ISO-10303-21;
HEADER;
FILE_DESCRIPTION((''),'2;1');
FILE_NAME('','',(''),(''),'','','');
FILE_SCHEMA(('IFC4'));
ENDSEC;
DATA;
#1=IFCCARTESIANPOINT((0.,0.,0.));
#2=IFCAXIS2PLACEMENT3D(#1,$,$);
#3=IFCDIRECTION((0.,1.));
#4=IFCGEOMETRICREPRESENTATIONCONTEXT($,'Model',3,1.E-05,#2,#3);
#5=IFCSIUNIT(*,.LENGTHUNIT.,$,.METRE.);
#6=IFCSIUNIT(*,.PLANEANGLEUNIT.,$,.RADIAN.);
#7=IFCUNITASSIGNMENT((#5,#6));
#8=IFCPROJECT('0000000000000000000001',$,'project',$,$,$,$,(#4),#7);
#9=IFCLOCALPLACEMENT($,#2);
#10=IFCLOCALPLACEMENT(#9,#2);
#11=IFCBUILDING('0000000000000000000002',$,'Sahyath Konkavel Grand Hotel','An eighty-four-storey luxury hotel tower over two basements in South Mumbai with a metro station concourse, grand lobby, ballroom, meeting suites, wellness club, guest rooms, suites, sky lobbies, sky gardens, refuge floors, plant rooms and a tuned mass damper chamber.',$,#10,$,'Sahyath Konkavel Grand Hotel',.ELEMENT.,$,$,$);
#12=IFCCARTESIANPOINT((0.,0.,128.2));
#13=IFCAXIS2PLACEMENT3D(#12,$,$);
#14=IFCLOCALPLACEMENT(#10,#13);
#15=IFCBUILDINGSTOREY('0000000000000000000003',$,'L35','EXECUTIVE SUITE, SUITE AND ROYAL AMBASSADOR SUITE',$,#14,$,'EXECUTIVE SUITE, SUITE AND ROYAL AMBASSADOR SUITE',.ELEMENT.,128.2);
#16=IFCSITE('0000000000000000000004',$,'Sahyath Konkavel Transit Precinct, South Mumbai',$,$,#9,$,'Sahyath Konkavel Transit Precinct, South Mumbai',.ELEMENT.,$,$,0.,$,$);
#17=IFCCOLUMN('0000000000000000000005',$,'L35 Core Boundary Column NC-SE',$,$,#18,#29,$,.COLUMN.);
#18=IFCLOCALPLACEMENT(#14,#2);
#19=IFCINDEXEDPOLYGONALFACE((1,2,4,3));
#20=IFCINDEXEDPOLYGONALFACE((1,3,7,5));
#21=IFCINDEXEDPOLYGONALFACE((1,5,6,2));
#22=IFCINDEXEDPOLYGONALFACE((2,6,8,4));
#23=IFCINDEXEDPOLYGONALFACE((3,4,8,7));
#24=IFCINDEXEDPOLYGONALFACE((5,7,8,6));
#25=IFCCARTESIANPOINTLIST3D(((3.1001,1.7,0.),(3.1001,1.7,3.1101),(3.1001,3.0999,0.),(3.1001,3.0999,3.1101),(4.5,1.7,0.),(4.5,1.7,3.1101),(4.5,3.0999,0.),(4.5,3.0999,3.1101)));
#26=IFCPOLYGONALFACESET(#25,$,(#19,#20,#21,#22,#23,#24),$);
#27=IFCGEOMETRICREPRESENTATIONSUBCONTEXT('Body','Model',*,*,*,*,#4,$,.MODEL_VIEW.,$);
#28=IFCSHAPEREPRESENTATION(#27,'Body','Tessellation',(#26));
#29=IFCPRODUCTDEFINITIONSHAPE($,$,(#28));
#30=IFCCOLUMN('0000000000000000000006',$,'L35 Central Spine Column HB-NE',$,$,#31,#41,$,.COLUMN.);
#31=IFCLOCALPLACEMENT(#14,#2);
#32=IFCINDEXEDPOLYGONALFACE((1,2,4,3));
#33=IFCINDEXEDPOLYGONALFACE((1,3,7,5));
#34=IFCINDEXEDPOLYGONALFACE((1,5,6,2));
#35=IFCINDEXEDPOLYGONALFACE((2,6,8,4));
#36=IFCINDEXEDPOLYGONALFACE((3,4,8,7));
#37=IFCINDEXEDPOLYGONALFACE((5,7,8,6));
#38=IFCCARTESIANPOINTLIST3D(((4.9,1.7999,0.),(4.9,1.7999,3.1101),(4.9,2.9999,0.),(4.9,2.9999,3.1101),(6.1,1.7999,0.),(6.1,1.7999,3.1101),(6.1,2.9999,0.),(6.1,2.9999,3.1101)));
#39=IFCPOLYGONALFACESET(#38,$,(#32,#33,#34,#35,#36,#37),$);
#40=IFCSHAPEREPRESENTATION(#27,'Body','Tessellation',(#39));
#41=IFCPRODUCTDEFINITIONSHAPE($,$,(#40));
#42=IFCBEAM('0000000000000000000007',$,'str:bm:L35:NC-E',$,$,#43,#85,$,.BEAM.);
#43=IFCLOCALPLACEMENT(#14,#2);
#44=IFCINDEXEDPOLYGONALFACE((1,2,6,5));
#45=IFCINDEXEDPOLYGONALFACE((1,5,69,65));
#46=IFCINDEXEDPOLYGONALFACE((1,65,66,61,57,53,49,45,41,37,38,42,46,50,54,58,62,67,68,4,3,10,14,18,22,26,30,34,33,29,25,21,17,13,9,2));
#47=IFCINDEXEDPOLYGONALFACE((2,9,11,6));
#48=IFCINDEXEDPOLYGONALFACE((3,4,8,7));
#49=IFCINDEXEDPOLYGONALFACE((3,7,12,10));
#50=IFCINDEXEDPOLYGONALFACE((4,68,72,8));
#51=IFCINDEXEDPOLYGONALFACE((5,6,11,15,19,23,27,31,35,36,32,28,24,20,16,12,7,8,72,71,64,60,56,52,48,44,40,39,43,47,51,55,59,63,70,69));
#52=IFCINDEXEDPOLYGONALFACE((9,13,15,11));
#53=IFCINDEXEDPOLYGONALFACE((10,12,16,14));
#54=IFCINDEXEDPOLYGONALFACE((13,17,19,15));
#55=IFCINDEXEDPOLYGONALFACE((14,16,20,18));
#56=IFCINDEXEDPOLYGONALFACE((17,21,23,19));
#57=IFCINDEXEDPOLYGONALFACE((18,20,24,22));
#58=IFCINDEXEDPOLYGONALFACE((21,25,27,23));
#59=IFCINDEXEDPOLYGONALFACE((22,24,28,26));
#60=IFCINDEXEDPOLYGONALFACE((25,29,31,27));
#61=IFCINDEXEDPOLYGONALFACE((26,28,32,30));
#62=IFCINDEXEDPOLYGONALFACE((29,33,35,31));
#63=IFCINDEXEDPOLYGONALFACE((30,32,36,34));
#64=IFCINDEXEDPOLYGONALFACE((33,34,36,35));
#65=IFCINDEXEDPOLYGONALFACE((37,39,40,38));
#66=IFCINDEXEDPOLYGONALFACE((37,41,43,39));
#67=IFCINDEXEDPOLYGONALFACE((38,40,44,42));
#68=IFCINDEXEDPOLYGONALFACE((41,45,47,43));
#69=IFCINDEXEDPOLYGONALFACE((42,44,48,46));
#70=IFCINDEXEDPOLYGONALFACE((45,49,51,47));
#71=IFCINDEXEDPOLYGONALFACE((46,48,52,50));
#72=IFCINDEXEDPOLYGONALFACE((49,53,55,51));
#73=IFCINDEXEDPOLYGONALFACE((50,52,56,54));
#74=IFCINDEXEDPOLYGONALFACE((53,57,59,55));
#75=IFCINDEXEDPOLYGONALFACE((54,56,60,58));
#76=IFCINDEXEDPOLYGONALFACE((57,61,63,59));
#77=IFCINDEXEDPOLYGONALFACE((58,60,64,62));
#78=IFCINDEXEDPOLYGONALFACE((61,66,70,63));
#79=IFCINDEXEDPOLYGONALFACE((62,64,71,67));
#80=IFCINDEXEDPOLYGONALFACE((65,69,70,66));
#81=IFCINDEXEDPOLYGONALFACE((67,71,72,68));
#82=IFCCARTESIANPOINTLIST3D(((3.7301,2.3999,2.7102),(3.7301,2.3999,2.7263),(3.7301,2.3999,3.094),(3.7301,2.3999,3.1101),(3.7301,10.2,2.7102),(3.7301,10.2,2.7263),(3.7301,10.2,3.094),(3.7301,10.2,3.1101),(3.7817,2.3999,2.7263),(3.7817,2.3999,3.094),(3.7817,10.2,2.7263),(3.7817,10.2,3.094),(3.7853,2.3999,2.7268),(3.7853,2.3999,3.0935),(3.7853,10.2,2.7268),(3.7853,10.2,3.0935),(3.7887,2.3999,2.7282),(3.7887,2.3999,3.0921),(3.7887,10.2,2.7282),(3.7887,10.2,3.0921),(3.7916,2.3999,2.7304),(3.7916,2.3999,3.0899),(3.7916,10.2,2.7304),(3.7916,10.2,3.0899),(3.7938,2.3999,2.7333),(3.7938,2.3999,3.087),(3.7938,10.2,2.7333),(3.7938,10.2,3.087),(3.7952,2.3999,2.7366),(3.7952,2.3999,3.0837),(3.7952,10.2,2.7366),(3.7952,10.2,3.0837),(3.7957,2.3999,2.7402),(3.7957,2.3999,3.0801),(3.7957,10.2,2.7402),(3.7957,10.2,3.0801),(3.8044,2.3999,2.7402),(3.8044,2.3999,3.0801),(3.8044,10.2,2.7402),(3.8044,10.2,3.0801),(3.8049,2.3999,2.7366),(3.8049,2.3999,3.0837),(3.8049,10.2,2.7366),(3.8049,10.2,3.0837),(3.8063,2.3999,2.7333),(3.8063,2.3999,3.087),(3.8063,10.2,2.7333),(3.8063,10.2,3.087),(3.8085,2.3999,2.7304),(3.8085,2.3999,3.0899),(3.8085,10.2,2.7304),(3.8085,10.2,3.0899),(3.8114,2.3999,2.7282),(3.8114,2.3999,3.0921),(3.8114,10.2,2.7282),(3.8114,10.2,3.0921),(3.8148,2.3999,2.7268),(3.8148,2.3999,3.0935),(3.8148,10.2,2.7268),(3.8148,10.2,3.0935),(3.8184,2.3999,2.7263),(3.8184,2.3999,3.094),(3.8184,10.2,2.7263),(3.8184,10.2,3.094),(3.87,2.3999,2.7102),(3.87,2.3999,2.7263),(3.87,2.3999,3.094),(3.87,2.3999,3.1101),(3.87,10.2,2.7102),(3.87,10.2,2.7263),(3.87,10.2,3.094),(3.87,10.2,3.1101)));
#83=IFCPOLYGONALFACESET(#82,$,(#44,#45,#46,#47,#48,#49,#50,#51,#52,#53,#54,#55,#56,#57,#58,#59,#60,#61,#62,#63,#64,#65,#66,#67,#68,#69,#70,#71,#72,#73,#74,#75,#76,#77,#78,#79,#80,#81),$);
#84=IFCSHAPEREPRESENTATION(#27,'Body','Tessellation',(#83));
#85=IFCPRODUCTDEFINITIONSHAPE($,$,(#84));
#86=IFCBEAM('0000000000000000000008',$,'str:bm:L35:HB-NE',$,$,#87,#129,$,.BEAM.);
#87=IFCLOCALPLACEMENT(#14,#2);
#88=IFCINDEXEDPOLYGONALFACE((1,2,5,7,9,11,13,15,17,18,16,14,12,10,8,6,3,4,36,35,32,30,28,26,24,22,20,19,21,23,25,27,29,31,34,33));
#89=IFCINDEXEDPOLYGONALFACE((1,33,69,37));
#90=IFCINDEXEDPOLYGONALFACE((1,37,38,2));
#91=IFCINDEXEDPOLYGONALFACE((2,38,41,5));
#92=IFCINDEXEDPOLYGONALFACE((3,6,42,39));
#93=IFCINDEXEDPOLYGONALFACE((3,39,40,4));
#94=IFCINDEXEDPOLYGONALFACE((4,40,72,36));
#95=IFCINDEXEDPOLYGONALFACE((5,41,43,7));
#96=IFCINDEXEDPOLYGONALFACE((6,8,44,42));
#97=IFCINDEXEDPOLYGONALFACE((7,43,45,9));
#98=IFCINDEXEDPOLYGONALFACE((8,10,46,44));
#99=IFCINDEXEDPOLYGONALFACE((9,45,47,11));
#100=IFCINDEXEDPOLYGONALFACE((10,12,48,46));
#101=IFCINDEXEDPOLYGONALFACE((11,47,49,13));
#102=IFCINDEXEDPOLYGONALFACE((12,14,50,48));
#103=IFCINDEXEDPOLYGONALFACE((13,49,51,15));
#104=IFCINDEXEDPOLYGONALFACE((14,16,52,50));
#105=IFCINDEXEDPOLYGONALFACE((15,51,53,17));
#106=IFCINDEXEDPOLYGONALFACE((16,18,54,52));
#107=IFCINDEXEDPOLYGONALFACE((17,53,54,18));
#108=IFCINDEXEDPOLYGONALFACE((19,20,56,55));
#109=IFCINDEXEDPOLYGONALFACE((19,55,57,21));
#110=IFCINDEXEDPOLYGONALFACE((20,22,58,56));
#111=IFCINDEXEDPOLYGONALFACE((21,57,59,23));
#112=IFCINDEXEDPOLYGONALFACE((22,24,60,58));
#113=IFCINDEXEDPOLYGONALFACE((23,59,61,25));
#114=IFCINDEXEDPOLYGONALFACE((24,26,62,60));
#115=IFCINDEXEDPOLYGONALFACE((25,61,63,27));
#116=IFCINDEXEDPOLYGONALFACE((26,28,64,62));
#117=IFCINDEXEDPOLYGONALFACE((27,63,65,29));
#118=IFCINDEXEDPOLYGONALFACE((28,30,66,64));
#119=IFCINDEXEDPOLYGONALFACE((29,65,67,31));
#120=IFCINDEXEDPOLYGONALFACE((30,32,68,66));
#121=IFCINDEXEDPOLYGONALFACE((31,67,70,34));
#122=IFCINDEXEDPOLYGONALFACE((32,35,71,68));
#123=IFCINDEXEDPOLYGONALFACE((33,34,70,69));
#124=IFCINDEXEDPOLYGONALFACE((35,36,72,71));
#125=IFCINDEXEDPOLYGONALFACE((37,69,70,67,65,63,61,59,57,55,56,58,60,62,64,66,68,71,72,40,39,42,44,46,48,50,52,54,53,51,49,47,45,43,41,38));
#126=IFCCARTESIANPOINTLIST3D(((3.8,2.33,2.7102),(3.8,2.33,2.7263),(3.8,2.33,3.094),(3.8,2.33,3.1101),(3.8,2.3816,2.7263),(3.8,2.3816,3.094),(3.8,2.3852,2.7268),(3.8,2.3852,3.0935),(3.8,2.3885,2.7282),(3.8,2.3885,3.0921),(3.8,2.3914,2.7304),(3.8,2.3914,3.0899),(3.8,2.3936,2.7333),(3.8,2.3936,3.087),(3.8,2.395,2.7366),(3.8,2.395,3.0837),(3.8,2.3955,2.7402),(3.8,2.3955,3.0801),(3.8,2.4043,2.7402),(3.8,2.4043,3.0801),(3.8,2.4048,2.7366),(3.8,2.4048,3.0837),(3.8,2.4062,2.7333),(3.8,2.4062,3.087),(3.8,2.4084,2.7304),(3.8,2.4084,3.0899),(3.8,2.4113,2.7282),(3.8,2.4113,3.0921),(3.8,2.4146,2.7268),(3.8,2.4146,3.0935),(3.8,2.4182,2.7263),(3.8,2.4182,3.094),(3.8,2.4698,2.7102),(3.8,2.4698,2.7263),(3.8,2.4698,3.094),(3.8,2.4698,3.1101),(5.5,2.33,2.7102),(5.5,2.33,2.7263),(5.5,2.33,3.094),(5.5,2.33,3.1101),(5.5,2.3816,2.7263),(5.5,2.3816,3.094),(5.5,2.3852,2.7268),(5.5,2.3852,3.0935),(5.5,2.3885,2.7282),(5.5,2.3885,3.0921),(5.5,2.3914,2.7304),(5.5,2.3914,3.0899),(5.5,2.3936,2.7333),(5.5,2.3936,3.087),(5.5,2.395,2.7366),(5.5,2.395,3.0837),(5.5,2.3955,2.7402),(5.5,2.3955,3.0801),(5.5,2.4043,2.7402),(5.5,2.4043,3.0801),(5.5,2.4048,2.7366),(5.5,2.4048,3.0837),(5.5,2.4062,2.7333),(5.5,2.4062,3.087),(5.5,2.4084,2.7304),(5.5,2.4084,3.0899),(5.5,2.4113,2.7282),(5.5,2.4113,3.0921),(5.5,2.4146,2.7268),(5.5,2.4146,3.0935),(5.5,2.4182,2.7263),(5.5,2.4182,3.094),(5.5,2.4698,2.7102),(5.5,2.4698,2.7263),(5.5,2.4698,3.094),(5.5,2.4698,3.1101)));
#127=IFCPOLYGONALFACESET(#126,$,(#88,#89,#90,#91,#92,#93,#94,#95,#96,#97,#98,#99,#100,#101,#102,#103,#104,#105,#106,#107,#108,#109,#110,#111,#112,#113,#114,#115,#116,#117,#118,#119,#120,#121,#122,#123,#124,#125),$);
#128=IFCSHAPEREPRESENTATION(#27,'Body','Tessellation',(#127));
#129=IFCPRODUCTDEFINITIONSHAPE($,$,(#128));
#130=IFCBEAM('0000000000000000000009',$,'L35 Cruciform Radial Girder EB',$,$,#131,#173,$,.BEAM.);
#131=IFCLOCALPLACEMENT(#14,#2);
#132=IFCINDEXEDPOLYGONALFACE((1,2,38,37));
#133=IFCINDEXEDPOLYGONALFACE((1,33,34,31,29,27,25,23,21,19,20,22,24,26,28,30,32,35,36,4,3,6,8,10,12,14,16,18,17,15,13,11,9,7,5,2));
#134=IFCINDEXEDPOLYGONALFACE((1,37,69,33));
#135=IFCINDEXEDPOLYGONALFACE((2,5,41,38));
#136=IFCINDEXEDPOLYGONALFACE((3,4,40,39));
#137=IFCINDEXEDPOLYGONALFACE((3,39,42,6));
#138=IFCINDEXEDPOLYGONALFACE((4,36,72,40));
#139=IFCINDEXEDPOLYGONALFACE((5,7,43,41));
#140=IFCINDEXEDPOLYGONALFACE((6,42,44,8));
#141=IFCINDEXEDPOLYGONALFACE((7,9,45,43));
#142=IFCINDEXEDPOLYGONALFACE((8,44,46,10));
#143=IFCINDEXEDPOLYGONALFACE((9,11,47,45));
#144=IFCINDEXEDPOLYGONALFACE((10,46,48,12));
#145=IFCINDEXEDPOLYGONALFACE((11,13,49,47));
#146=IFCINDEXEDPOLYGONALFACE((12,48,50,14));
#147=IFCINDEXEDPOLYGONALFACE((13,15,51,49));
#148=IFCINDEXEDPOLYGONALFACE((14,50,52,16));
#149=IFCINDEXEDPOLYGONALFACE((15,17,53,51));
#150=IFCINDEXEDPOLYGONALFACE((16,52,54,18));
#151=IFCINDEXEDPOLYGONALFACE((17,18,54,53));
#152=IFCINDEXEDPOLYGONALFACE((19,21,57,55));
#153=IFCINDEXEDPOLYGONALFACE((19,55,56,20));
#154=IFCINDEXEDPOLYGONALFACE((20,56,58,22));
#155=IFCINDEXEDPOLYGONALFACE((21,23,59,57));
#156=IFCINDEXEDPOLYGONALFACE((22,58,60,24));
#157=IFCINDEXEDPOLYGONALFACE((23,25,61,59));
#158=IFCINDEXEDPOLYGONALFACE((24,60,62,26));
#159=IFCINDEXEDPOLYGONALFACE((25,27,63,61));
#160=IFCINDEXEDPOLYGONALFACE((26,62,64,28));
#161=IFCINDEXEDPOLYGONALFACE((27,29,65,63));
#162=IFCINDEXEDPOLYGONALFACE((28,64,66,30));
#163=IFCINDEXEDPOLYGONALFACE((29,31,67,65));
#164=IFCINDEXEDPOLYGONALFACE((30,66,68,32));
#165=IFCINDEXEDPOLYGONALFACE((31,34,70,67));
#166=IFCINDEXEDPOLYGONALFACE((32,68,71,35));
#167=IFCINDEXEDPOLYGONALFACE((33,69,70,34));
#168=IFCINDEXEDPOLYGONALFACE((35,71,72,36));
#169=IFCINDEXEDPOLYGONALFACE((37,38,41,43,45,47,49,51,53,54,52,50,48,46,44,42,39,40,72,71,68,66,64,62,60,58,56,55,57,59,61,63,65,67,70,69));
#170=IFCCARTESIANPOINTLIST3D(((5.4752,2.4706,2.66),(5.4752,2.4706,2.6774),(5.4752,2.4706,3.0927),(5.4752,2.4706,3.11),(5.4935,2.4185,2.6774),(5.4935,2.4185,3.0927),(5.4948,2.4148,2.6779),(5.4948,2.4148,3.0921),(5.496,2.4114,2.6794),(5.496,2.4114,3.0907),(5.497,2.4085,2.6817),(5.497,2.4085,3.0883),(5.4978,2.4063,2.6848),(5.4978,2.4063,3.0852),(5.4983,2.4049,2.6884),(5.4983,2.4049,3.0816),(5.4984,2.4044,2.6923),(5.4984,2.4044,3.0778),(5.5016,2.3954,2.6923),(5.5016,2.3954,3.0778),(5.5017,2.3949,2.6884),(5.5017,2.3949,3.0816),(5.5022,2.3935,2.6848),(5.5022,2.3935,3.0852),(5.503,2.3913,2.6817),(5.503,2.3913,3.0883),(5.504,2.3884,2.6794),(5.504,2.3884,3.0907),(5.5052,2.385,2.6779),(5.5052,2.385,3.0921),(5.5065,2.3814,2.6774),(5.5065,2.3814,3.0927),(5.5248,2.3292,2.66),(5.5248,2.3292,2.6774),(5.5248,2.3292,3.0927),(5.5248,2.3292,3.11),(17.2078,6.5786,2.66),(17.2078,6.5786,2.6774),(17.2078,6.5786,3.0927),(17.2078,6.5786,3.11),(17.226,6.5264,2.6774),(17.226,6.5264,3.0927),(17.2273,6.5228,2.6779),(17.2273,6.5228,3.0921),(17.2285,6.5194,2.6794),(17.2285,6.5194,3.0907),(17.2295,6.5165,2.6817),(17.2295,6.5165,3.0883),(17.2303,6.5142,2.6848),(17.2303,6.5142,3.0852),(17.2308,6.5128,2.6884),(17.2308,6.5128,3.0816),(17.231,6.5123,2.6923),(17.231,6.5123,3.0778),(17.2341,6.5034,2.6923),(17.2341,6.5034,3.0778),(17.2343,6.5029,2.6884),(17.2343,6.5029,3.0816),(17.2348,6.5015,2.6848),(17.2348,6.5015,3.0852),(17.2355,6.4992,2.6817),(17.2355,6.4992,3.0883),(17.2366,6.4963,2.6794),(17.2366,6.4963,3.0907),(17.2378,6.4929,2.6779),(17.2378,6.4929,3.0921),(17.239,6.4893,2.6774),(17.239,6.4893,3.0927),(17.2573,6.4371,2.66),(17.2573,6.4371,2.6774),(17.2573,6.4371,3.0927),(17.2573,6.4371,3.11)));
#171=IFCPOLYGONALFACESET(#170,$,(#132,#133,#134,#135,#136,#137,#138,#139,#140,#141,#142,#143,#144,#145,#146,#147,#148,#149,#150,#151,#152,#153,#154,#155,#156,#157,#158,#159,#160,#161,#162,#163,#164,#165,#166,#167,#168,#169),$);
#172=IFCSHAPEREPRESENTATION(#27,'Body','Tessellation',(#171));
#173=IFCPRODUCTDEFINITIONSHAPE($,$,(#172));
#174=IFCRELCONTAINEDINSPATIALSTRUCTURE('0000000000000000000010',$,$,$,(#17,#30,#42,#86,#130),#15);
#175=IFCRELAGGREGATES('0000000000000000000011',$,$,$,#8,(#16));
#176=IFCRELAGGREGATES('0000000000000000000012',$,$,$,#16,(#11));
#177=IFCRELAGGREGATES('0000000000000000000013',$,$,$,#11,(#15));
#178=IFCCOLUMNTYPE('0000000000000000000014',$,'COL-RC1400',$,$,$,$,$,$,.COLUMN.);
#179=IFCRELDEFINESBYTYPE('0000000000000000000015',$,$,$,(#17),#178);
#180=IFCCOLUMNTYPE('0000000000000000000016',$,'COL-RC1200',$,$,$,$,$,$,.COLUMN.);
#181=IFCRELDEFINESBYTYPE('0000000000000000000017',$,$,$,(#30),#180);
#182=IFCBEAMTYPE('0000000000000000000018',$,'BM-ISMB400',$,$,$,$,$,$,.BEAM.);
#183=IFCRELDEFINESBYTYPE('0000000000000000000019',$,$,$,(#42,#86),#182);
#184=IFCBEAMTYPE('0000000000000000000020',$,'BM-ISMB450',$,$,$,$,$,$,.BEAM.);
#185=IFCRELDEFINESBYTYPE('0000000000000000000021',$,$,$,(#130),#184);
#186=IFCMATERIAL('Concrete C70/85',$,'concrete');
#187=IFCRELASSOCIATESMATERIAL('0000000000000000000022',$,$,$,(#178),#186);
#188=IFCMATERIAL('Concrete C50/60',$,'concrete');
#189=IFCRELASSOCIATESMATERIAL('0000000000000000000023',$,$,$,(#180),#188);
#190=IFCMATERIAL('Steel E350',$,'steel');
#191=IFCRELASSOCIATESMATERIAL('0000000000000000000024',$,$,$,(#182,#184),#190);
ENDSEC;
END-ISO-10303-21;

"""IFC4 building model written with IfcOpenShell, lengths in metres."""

from ifc_helpers import new_model, si_unit, direction, frame, origin, origin_2d, place, context, subcontext, project, spatial, rectangle, i_section, extrude, source, transform, mapped, material, material_profile, profile_set, type_object, element, save


model = new_model("IFC4")

# Units and contexts
model_context = context("Model", 3, precision=1e-05, world=origin(), true_north=direction((0.0, 1.0)))
body_context = subcontext(model_context, "Body", "Model", "MODEL_VIEW")
ifc_project = project(units=[si_unit("LENGTHUNIT", "METRE"), si_unit("PLANEANGLEUNIT", "RADIAN")], contexts=[model_context])

# Site, building, storey
site_placement = place(None, origin())
site = spatial("IfcSite", under=ifc_project, at=site_placement, Name="Sahyath Konkavel Transit Precinct, South Mumbai", LongName="Sahyath Konkavel Transit Precinct, South Mumbai", CompositionType="ELEMENT", RefElevation=0.0)
building_placement = place(site_placement, origin())
building = spatial("IfcBuilding", under=site, at=building_placement, Name="Sahyath Konkavel Grand Hotel", Description="An eighty-four-storey luxury hotel tower over two basements in South Mumbai with a metro station concourse, grand lobby, ballroom, meeting suites, wellness club, guest rooms, suites, sky lobbies, sky gardens, refuge floors, plant rooms and a tuned mass damper chamber.", LongName="Sahyath Konkavel Grand Hotel", CompositionType="ELEMENT")
storey_placement = place(building_placement, frame((0.0, 0.0, 128.2)))
storey = spatial("IfcBuildingStorey", under=building, at=storey_placement, Name="L35", Description="EXECUTIVE SUITE, SUITE AND ROYAL AMBASSADOR SUITE", LongName="EXECUTIVE SUITE, SUITE AND ROYAL AMBASSADOR SUITE", CompositionType="ELEMENT", Elevation=128.2)

# Columns
ifc_material_1 = material(Name="Concrete C70/85", Category="concrete")
ifc_material_profile_1 = material_profile(ifc_material_1, rectangle(XDim=1.3999, YDim=1.3999, at=origin_2d()), Name="RC 1400x1400")
ifc_profile_set_1 = profile_set([ifc_material_profile_1], Name="Concrete C70/85")
column_type_1 = type_object("IfcColumnType", Name="COL-RC1400", PredefinedType="COLUMN", material=ifc_profile_set_1)
shared_shape_1 = source(origin(), body_context, "Body", "SweptSolid", [
    extrude(rectangle(XDim=1.3999, YDim=1.3999, at=origin_2d()), origin(), (0.0, 0.0, 1.0), 3.1101),
])
column_1_placement = place(storey_placement, frame((3.8, 2.3999, 0.0), z_axis=(0.0, 0.0, 1.0), x_axis=(1.0, 0.0, 0.0)))
element("IfcColumn", 1, at=column_1_placement, inside=storey, type_object=column_type_1, Name="L35 Core Boundary Column NC-SE", PredefinedType="COLUMN", context=body_context, shape_type="MappedRepresentation", body=[
    mapped(shared_shape_1, transform((0.0, 0.0, 0.0), scale=1.0)),
])
ifc_material_2 = material(Name="Concrete C50/60", Category="concrete")
ifc_material_profile_2 = material_profile(ifc_material_2, rectangle(XDim=1.2, YDim=1.2, at=origin_2d()), Name="RC 1200x1200")
ifc_profile_set_2 = profile_set([ifc_material_profile_2], Name="Concrete C50/60")
column_type_2 = type_object("IfcColumnType", Name="COL-RC1200", PredefinedType="COLUMN", material=ifc_profile_set_2)
shared_shape_2 = source(origin(), body_context, "Body", "SweptSolid", [
    extrude(rectangle(XDim=1.2, YDim=1.2, at=origin_2d()), origin(), (0.0, 0.0, 1.0), 3.1101),
])
column_2_placement = place(storey_placement, frame((5.5, 2.3999, 0.0), z_axis=(0.0, 0.0, 1.0), x_axis=(1.0, 0.0, 0.0)))
element("IfcColumn", 2, at=column_2_placement, inside=storey, type_object=column_type_2, Name="L35 Central Spine Column HB-NE", PredefinedType="COLUMN", context=body_context, shape_type="MappedRepresentation", body=[
    mapped(shared_shape_2, transform((0.0, 0.0, 0.0), scale=1.0)),
])

# Beams
ifc_material_3 = material(Name="Steel E350", Category="steel")
ifc_material_profile_3 = material_profile(ifc_material_3, i_section(OverallWidth=0.1399, OverallDepth=0.3999, WebThickness=0.0088, FlangeThickness=0.0161, FilletRadius=0.0139, at=origin_2d()), Name="ISMB 400")
ifc_profile_set_3 = profile_set([ifc_material_profile_3], Name="Steel E350")
beam_type_1 = type_object("IfcBeamType", Name="BM-ISMB400", PredefinedType="BEAM", material=ifc_profile_set_3)
shared_shape_3 = source(origin(), body_context, "Body", "SweptSolid", [
    extrude(i_section(OverallWidth=0.1399, OverallDepth=0.3999, WebThickness=0.0088, FlangeThickness=0.0161, FilletRadius=0.0139, at=origin_2d()), origin(), (0.0, 0.0, 1.0), 7.8),
])
beam_1_placement = place(storey_placement, frame((3.8, 2.3999, 2.9102), z_axis=(0.0, 1.0, 0.0), x_axis=(-1.0, 0.0, 0.0)))
element("IfcBeam", 3, at=beam_1_placement, inside=storey, type_object=beam_type_1, Name="str:bm:L35:NC-E", PredefinedType="BEAM", context=body_context, shape_type="MappedRepresentation", body=[
    mapped(shared_shape_3, transform((0.0, 0.0, 0.0), scale=1.0)),
])
shared_shape_4 = source(origin(), body_context, "Body", "SweptSolid", [
    extrude(i_section(OverallWidth=0.1399, OverallDepth=0.3999, WebThickness=0.0088, FlangeThickness=0.0161, FilletRadius=0.0139, at=origin_2d()), origin(), (0.0, 0.0, 1.0), 1.7),
])
beam_2_placement = place(storey_placement, frame((3.8, 2.3999, 2.9102), z_axis=(1.0, 0.0, 0.0), x_axis=(0.0, 1.0, 0.0)))
element("IfcBeam", 4, at=beam_2_placement, inside=storey, type_object=beam_type_1, Name="str:bm:L35:HB-NE", PredefinedType="BEAM", context=body_context, shape_type="MappedRepresentation", body=[
    mapped(shared_shape_4, transform((0.0, 0.0, 0.0), scale=1.0)),
])
ifc_material_profile_4 = material_profile(ifc_material_3, i_section(OverallWidth=0.1499, OverallDepth=0.45, WebThickness=0.0095, FlangeThickness=0.0173, FilletRadius=0.0149, at=origin_2d()), Name="ISMB 450")
ifc_profile_set_4 = profile_set([ifc_material_profile_4], Name="Steel E350")
beam_type_2 = type_object("IfcBeamType", Name="BM-ISMB450", PredefinedType="BEAM", material=ifc_profile_set_4)
shared_shape_5 = source(origin(), body_context, "Body", "SweptSolid", [
    extrude(i_section(OverallWidth=0.1499, OverallDepth=0.45, WebThickness=0.0095, FlangeThickness=0.0173, FilletRadius=0.0149, at=origin_2d()), origin(), (0.0, 0.0, 1.0), 12.4309),
])
beam_3_placement = place(storey_placement, frame((5.5, 2.3999, 2.885), z_axis=(0.943819, 0.330462, 0.0), x_axis=(-0.330462, 0.943819, 0.0)))
element("IfcBeam", 5, at=beam_3_placement, inside=storey, type_object=beam_type_2, Name="L35 Cruciform Radial Girder EB", PredefinedType="BEAM", context=body_context, shape_type="MappedRepresentation", body=[
    mapped(shared_shape_5, transform((0.0, 0.0, 0.0), scale=1.0)),
])

save(model, "model.ifc")
